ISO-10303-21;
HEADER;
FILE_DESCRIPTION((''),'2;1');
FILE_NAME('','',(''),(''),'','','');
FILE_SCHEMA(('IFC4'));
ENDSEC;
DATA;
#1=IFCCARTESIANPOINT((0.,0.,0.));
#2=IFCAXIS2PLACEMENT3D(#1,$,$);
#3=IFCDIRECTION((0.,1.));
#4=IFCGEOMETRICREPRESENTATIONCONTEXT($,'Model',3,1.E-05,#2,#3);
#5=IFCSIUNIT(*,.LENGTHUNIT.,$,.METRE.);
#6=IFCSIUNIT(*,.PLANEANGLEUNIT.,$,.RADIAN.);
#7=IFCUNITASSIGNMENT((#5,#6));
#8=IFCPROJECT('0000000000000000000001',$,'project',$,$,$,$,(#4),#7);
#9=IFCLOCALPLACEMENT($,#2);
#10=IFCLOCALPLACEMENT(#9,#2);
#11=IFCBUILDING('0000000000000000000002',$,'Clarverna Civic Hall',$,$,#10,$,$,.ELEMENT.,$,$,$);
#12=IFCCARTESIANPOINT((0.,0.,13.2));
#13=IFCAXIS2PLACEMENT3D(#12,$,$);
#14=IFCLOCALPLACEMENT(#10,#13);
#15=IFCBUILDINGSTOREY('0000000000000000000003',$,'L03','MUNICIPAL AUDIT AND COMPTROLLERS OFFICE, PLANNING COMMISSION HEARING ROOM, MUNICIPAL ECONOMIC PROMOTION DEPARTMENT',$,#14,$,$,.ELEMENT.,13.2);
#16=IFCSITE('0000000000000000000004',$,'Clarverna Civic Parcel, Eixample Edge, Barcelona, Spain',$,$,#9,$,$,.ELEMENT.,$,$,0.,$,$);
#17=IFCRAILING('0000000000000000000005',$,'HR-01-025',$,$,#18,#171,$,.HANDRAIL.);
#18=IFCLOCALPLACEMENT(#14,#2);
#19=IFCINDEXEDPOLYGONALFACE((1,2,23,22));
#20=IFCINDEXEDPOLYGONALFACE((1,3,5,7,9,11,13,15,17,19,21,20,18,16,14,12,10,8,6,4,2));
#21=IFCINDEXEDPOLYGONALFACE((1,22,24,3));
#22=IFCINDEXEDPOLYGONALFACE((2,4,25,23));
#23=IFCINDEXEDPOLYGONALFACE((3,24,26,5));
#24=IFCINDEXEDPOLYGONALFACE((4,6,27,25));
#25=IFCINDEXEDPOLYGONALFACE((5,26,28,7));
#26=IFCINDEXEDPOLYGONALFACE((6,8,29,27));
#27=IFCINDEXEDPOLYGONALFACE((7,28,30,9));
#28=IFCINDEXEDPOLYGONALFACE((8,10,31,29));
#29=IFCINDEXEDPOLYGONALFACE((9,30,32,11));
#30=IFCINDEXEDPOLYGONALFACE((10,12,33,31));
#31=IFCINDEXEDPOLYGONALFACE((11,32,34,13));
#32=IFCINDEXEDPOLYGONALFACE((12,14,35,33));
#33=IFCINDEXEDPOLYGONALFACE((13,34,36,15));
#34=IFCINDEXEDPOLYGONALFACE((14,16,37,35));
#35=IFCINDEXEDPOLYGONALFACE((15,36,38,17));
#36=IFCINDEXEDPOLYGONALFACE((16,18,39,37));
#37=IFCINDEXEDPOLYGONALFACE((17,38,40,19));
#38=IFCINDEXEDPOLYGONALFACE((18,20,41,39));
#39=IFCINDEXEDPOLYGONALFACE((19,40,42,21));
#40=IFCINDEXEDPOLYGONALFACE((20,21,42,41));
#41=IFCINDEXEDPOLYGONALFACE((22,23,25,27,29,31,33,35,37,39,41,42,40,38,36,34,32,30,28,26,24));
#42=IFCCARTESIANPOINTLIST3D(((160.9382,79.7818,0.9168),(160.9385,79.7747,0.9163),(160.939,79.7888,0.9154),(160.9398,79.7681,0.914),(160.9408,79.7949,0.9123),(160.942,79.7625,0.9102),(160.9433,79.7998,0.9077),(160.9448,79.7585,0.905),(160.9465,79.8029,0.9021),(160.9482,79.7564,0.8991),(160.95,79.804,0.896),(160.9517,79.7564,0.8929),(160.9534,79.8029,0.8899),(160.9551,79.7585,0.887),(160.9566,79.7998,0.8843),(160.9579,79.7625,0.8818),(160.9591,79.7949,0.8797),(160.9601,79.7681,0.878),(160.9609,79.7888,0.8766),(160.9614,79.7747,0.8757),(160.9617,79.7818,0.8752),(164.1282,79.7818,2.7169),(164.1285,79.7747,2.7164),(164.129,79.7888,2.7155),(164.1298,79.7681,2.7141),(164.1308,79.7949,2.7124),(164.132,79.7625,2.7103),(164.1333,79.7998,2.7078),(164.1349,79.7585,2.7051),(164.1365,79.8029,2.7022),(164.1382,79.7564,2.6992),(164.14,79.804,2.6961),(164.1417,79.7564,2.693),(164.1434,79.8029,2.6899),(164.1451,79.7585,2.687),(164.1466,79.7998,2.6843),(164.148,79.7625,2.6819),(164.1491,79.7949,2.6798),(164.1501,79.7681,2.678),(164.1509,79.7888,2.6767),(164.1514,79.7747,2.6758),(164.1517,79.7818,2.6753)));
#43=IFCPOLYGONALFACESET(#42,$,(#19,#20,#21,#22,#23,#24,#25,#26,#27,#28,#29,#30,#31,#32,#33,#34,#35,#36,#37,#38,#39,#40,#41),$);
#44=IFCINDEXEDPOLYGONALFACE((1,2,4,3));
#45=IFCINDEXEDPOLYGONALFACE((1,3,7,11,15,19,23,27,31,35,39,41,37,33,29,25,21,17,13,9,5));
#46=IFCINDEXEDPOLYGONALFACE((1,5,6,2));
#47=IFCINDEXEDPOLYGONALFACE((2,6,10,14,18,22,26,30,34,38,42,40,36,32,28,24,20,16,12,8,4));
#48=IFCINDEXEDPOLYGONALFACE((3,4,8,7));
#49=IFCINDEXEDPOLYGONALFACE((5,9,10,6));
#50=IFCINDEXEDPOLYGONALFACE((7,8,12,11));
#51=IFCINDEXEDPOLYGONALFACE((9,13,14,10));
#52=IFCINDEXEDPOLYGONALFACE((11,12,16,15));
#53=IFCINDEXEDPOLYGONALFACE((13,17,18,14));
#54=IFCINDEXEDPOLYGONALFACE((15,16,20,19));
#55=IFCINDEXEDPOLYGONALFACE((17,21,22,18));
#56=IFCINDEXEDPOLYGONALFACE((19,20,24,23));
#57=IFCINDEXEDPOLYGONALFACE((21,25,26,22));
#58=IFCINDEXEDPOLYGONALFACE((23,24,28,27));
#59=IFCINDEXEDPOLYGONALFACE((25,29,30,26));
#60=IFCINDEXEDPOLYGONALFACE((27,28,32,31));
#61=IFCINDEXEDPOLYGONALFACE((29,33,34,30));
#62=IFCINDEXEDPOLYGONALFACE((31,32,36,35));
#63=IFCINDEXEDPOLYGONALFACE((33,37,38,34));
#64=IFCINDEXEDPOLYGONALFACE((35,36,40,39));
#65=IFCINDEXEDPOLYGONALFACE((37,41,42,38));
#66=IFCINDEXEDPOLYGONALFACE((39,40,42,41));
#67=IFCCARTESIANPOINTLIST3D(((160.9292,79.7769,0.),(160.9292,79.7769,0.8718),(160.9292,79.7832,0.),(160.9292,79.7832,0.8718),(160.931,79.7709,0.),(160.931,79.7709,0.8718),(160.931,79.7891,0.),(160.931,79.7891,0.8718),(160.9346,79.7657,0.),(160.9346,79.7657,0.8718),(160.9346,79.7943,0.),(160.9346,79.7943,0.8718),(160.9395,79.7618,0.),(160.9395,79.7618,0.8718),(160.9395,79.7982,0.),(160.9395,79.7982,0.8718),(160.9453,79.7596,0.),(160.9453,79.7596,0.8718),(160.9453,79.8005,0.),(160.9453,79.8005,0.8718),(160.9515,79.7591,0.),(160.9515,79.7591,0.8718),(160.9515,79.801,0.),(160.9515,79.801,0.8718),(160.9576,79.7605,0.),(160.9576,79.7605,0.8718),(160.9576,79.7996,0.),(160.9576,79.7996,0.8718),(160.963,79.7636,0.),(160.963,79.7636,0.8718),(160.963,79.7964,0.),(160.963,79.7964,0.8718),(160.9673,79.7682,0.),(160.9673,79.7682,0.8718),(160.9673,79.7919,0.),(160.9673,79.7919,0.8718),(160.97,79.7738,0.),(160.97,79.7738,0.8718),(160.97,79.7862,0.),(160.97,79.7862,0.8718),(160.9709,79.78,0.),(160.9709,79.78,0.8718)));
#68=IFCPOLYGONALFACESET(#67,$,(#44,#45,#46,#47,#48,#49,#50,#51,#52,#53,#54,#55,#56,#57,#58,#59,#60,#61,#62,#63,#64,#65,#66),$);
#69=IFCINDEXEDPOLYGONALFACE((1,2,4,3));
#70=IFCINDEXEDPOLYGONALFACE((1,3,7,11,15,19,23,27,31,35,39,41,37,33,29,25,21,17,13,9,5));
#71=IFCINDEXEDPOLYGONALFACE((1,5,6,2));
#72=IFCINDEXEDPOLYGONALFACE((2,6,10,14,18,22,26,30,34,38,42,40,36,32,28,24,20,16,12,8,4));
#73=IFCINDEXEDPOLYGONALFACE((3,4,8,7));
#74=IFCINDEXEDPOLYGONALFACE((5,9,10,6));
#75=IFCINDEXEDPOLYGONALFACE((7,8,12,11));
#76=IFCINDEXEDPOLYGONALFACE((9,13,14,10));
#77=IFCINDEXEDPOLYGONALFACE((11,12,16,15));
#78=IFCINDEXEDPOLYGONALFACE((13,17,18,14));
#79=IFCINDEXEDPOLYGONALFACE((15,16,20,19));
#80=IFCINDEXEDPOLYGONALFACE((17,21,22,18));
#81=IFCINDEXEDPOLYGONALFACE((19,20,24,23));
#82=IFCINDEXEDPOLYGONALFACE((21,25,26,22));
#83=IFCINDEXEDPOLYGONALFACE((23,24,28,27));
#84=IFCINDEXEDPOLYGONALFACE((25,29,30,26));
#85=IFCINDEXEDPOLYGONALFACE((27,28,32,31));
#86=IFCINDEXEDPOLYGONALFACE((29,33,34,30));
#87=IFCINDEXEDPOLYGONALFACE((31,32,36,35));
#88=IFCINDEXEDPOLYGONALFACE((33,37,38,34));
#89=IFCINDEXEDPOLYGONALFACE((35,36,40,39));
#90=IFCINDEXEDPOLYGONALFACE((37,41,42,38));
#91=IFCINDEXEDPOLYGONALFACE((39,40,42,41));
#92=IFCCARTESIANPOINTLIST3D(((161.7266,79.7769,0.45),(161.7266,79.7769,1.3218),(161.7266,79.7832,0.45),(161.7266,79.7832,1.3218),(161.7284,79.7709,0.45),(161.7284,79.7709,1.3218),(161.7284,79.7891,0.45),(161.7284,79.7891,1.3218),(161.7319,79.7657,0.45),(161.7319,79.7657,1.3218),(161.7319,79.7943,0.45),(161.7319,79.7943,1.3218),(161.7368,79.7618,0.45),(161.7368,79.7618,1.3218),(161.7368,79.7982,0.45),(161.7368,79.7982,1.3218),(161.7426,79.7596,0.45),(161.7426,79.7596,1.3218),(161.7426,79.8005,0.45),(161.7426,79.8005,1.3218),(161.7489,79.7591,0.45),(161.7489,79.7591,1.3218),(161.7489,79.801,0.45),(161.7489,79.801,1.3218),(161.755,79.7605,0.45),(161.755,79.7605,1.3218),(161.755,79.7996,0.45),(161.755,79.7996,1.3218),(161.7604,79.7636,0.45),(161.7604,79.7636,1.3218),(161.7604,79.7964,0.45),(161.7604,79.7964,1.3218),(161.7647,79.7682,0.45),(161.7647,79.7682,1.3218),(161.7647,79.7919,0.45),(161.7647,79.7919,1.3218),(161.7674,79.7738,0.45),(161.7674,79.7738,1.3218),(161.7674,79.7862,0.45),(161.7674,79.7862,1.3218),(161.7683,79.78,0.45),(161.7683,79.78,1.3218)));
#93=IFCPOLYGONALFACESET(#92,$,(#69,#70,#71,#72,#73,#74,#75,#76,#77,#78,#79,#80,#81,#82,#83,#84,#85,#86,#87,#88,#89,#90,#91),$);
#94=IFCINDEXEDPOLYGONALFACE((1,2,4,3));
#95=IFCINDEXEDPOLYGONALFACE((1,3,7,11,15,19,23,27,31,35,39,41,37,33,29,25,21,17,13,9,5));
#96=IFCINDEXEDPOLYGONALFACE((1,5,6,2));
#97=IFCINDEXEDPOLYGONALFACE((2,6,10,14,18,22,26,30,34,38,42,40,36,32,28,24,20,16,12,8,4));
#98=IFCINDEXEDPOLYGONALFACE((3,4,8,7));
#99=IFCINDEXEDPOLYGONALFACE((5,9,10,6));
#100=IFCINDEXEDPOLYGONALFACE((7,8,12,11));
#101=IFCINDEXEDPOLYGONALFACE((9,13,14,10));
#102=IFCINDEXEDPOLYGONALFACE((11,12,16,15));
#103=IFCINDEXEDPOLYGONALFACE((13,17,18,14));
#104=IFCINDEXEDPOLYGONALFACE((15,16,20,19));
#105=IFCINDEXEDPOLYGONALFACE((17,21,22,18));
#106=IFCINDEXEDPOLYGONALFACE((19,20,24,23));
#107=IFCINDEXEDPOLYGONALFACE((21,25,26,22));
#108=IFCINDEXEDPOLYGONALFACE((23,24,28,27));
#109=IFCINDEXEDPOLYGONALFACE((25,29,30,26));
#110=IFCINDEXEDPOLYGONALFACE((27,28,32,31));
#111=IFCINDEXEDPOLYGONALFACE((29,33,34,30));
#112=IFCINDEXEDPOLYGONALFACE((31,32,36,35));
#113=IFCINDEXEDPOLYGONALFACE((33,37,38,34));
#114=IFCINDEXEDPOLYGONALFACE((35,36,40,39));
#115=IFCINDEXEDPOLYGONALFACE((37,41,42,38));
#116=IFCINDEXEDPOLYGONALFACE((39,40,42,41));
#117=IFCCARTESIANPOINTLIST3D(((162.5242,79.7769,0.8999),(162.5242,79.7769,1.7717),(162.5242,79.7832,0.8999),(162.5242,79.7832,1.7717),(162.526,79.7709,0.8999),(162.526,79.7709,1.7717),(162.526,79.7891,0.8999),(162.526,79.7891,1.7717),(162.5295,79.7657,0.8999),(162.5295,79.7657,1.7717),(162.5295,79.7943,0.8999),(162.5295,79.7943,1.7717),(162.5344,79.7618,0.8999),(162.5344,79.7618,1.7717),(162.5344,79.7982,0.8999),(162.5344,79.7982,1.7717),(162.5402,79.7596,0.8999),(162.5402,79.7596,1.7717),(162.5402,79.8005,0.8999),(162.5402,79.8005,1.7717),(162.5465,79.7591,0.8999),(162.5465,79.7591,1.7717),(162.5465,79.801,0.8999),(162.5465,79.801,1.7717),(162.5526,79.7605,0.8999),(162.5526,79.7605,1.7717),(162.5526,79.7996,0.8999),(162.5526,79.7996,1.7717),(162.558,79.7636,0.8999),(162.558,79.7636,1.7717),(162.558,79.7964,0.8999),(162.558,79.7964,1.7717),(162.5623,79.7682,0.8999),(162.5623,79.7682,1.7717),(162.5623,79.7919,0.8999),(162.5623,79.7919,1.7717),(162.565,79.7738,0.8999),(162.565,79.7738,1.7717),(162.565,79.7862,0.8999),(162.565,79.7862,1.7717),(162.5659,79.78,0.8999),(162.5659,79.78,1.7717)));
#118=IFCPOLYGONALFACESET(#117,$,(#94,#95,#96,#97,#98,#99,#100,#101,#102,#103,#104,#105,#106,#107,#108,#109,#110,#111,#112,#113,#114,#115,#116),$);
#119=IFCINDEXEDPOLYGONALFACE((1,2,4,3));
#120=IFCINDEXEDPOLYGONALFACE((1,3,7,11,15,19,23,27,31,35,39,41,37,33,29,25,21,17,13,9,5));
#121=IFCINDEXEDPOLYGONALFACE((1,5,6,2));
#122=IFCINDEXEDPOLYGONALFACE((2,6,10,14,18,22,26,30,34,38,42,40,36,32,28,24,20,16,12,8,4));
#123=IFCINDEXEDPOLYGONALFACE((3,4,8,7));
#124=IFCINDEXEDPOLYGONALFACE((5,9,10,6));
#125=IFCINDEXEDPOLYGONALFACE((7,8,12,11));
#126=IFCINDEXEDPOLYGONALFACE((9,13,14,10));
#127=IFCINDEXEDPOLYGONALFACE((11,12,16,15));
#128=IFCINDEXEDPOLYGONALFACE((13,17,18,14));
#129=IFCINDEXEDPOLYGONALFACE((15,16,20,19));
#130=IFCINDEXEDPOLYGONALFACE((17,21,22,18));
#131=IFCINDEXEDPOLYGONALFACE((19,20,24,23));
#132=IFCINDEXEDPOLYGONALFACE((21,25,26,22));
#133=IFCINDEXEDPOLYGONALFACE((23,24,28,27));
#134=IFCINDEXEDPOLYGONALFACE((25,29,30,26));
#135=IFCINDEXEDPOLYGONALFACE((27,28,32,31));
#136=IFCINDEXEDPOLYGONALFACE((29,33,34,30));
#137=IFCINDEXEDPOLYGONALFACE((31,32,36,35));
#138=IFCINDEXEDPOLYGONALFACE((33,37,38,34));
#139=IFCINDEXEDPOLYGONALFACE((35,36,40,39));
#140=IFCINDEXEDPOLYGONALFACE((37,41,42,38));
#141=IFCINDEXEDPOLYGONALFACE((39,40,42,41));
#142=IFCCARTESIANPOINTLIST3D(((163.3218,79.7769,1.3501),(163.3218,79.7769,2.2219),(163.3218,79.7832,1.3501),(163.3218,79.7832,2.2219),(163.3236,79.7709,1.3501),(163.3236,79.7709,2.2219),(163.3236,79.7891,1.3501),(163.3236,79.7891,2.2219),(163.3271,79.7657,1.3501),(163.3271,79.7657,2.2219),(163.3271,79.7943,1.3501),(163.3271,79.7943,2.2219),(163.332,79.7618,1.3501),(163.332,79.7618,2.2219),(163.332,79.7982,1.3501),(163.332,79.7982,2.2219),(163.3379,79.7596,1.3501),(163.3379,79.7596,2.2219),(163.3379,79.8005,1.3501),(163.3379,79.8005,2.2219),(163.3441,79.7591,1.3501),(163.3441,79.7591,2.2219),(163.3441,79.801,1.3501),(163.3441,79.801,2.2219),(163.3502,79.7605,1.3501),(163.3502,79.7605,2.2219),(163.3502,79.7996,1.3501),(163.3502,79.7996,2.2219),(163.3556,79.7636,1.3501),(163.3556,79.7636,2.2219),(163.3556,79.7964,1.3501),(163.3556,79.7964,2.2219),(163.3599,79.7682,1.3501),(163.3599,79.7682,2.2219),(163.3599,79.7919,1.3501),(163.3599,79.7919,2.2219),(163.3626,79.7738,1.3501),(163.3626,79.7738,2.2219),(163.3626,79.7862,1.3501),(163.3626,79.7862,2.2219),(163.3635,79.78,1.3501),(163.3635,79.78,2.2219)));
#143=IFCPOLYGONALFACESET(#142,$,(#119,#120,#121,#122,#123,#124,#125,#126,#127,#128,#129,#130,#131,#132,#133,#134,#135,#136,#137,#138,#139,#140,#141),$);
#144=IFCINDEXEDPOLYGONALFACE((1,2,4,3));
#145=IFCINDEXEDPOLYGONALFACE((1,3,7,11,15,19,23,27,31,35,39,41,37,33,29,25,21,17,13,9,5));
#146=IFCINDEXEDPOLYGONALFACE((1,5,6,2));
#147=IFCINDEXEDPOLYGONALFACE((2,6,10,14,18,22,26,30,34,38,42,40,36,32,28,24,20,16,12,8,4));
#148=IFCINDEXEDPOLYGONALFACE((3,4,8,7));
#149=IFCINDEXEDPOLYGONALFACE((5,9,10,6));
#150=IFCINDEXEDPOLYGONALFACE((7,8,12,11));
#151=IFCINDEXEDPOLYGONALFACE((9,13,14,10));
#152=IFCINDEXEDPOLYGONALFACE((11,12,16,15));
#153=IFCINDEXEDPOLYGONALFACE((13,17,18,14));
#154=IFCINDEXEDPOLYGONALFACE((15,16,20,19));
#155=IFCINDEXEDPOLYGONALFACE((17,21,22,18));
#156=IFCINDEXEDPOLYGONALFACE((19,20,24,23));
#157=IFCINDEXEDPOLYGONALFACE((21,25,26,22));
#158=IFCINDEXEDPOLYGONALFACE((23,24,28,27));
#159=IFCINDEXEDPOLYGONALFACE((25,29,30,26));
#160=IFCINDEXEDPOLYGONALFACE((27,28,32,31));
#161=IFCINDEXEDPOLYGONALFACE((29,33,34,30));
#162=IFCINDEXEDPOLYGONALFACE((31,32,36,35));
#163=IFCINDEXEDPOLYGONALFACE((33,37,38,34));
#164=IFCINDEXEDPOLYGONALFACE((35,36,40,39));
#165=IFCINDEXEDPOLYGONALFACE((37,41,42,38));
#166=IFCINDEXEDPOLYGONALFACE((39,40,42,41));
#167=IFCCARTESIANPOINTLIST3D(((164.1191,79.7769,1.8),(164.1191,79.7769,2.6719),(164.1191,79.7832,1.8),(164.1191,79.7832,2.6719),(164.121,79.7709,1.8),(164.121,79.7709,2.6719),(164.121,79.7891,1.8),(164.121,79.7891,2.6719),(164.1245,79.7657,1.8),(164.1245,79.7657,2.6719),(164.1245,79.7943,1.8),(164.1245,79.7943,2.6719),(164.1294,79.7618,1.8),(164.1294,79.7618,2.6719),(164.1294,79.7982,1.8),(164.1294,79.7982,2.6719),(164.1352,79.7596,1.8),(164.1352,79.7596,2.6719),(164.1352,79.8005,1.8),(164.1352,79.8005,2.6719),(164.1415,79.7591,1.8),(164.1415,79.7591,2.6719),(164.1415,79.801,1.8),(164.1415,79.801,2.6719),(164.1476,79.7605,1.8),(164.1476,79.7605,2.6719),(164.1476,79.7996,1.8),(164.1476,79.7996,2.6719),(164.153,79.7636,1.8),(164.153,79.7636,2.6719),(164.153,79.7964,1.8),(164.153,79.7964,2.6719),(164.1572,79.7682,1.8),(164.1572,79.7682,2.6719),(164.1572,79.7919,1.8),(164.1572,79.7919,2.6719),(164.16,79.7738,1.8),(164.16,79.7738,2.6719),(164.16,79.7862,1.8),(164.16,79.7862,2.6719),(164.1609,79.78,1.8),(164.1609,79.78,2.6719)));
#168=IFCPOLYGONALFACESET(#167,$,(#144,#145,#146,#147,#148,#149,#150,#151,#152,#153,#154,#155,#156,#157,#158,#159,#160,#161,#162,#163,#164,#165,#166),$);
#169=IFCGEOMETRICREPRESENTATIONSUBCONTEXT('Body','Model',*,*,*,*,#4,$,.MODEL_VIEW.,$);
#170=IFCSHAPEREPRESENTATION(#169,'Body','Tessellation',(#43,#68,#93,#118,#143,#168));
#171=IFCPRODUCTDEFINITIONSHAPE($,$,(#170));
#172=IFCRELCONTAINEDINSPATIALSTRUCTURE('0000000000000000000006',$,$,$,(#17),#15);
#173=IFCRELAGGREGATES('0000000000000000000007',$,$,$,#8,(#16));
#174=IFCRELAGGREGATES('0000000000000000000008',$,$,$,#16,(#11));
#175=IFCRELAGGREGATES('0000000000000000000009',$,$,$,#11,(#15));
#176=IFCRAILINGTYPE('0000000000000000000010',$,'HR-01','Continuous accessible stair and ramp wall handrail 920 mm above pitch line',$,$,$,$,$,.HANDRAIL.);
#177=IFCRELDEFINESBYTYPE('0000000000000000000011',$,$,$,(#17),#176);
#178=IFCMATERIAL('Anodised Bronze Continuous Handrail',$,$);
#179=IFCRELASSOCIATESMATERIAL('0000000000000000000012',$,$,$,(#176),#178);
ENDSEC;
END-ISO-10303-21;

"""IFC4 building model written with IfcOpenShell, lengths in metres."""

from ifc_helpers import new_model, si_unit, direction, frame, origin, origin_2d, place, context, subcontext, project, spatial, circle, extrude, material, type_object, element, save


model = new_model("IFC4")

# Units and contexts
model_context = context("Model", 3, precision=1e-05, world=origin(), true_north=direction((0.0, 1.0)))
body_context = subcontext(model_context, "Body", "Model", "MODEL_VIEW")
ifc_project = project(units=[si_unit("LENGTHUNIT", "METRE"), si_unit("PLANEANGLEUNIT", "RADIAN")], contexts=[model_context])

# Site, building, storey
site_placement = place(None, origin())
site = spatial("IfcSite", under=ifc_project, at=site_placement, Name="Clarverna Civic Parcel, Eixample Edge, Barcelona, Spain", CompositionType="ELEMENT", RefElevation=0.0)
building_placement = place(site_placement, origin())
building = spatial("IfcBuilding", under=site, at=building_placement, Name="Clarverna Civic Hall", CompositionType="ELEMENT")
storey_placement = place(building_placement, frame((0.0, 0.0, 13.2)))
storey = spatial("IfcBuildingStorey", under=building, at=storey_placement, Name="L03", Description="MUNICIPAL AUDIT AND COMPTROLLERS OFFICE, PLANNING COMMISSION HEARING ROOM, MUNICIPAL ECONOMIC PROMOTION DEPARTMENT", CompositionType="ELEMENT", Elevation=13.2)

# Railing
ifc_material_1 = material(Name="Anodised Bronze Continuous Handrail")
railing_type_1 = type_object("IfcRailingType", Name="HR-01", Description="Continuous accessible stair and ramp wall handrail 920 mm above pitch line", PredefinedType="HANDRAIL", material=ifc_material_1)
railing_1_placement = place(storey_placement, frame((160.95, 79.78, 0.0)))
element("IfcRailing", 1, at=railing_1_placement, inside=storey, type_object=railing_type_1, Name="HR-01-025", PredefinedType="HANDRAIL", context=body_context, shape_type="SweptSolid", body=[
    extrude(circle(Radius=0.0239, at=origin_2d()), frame((0.0, 0.0, 0.896), z_axis=(0.870909, 0.0, 0.491444), x_axis=(0.0, 1.0, 0.0)), (0.0, 0.0, 1.0), 3.6628),
    extrude(circle(Radius=0.021, at=origin_2d()), origin(), (0.0, 0.0, 1.0), 0.8718),
    extrude(circle(Radius=0.021, at=origin_2d()), frame((0.7974, 0.0, 0.45)), (0.0, 0.0, 1.0), 0.8718),
    extrude(circle(Radius=0.021, at=origin_2d()), frame((1.595, 0.0, 0.8999)), (0.0, 0.0, 1.0), 0.8718),
    extrude(circle(Radius=0.021, at=origin_2d()), frame((2.3926, 0.0, 1.3501)), (0.0, 0.0, 1.0), 0.8718),
    extrude(circle(Radius=0.021, at=origin_2d()), frame((3.1899, 0.0, 1.8)), (0.0, 0.0, 1.0), 0.8718),
])

save(model, "model.ifc")
